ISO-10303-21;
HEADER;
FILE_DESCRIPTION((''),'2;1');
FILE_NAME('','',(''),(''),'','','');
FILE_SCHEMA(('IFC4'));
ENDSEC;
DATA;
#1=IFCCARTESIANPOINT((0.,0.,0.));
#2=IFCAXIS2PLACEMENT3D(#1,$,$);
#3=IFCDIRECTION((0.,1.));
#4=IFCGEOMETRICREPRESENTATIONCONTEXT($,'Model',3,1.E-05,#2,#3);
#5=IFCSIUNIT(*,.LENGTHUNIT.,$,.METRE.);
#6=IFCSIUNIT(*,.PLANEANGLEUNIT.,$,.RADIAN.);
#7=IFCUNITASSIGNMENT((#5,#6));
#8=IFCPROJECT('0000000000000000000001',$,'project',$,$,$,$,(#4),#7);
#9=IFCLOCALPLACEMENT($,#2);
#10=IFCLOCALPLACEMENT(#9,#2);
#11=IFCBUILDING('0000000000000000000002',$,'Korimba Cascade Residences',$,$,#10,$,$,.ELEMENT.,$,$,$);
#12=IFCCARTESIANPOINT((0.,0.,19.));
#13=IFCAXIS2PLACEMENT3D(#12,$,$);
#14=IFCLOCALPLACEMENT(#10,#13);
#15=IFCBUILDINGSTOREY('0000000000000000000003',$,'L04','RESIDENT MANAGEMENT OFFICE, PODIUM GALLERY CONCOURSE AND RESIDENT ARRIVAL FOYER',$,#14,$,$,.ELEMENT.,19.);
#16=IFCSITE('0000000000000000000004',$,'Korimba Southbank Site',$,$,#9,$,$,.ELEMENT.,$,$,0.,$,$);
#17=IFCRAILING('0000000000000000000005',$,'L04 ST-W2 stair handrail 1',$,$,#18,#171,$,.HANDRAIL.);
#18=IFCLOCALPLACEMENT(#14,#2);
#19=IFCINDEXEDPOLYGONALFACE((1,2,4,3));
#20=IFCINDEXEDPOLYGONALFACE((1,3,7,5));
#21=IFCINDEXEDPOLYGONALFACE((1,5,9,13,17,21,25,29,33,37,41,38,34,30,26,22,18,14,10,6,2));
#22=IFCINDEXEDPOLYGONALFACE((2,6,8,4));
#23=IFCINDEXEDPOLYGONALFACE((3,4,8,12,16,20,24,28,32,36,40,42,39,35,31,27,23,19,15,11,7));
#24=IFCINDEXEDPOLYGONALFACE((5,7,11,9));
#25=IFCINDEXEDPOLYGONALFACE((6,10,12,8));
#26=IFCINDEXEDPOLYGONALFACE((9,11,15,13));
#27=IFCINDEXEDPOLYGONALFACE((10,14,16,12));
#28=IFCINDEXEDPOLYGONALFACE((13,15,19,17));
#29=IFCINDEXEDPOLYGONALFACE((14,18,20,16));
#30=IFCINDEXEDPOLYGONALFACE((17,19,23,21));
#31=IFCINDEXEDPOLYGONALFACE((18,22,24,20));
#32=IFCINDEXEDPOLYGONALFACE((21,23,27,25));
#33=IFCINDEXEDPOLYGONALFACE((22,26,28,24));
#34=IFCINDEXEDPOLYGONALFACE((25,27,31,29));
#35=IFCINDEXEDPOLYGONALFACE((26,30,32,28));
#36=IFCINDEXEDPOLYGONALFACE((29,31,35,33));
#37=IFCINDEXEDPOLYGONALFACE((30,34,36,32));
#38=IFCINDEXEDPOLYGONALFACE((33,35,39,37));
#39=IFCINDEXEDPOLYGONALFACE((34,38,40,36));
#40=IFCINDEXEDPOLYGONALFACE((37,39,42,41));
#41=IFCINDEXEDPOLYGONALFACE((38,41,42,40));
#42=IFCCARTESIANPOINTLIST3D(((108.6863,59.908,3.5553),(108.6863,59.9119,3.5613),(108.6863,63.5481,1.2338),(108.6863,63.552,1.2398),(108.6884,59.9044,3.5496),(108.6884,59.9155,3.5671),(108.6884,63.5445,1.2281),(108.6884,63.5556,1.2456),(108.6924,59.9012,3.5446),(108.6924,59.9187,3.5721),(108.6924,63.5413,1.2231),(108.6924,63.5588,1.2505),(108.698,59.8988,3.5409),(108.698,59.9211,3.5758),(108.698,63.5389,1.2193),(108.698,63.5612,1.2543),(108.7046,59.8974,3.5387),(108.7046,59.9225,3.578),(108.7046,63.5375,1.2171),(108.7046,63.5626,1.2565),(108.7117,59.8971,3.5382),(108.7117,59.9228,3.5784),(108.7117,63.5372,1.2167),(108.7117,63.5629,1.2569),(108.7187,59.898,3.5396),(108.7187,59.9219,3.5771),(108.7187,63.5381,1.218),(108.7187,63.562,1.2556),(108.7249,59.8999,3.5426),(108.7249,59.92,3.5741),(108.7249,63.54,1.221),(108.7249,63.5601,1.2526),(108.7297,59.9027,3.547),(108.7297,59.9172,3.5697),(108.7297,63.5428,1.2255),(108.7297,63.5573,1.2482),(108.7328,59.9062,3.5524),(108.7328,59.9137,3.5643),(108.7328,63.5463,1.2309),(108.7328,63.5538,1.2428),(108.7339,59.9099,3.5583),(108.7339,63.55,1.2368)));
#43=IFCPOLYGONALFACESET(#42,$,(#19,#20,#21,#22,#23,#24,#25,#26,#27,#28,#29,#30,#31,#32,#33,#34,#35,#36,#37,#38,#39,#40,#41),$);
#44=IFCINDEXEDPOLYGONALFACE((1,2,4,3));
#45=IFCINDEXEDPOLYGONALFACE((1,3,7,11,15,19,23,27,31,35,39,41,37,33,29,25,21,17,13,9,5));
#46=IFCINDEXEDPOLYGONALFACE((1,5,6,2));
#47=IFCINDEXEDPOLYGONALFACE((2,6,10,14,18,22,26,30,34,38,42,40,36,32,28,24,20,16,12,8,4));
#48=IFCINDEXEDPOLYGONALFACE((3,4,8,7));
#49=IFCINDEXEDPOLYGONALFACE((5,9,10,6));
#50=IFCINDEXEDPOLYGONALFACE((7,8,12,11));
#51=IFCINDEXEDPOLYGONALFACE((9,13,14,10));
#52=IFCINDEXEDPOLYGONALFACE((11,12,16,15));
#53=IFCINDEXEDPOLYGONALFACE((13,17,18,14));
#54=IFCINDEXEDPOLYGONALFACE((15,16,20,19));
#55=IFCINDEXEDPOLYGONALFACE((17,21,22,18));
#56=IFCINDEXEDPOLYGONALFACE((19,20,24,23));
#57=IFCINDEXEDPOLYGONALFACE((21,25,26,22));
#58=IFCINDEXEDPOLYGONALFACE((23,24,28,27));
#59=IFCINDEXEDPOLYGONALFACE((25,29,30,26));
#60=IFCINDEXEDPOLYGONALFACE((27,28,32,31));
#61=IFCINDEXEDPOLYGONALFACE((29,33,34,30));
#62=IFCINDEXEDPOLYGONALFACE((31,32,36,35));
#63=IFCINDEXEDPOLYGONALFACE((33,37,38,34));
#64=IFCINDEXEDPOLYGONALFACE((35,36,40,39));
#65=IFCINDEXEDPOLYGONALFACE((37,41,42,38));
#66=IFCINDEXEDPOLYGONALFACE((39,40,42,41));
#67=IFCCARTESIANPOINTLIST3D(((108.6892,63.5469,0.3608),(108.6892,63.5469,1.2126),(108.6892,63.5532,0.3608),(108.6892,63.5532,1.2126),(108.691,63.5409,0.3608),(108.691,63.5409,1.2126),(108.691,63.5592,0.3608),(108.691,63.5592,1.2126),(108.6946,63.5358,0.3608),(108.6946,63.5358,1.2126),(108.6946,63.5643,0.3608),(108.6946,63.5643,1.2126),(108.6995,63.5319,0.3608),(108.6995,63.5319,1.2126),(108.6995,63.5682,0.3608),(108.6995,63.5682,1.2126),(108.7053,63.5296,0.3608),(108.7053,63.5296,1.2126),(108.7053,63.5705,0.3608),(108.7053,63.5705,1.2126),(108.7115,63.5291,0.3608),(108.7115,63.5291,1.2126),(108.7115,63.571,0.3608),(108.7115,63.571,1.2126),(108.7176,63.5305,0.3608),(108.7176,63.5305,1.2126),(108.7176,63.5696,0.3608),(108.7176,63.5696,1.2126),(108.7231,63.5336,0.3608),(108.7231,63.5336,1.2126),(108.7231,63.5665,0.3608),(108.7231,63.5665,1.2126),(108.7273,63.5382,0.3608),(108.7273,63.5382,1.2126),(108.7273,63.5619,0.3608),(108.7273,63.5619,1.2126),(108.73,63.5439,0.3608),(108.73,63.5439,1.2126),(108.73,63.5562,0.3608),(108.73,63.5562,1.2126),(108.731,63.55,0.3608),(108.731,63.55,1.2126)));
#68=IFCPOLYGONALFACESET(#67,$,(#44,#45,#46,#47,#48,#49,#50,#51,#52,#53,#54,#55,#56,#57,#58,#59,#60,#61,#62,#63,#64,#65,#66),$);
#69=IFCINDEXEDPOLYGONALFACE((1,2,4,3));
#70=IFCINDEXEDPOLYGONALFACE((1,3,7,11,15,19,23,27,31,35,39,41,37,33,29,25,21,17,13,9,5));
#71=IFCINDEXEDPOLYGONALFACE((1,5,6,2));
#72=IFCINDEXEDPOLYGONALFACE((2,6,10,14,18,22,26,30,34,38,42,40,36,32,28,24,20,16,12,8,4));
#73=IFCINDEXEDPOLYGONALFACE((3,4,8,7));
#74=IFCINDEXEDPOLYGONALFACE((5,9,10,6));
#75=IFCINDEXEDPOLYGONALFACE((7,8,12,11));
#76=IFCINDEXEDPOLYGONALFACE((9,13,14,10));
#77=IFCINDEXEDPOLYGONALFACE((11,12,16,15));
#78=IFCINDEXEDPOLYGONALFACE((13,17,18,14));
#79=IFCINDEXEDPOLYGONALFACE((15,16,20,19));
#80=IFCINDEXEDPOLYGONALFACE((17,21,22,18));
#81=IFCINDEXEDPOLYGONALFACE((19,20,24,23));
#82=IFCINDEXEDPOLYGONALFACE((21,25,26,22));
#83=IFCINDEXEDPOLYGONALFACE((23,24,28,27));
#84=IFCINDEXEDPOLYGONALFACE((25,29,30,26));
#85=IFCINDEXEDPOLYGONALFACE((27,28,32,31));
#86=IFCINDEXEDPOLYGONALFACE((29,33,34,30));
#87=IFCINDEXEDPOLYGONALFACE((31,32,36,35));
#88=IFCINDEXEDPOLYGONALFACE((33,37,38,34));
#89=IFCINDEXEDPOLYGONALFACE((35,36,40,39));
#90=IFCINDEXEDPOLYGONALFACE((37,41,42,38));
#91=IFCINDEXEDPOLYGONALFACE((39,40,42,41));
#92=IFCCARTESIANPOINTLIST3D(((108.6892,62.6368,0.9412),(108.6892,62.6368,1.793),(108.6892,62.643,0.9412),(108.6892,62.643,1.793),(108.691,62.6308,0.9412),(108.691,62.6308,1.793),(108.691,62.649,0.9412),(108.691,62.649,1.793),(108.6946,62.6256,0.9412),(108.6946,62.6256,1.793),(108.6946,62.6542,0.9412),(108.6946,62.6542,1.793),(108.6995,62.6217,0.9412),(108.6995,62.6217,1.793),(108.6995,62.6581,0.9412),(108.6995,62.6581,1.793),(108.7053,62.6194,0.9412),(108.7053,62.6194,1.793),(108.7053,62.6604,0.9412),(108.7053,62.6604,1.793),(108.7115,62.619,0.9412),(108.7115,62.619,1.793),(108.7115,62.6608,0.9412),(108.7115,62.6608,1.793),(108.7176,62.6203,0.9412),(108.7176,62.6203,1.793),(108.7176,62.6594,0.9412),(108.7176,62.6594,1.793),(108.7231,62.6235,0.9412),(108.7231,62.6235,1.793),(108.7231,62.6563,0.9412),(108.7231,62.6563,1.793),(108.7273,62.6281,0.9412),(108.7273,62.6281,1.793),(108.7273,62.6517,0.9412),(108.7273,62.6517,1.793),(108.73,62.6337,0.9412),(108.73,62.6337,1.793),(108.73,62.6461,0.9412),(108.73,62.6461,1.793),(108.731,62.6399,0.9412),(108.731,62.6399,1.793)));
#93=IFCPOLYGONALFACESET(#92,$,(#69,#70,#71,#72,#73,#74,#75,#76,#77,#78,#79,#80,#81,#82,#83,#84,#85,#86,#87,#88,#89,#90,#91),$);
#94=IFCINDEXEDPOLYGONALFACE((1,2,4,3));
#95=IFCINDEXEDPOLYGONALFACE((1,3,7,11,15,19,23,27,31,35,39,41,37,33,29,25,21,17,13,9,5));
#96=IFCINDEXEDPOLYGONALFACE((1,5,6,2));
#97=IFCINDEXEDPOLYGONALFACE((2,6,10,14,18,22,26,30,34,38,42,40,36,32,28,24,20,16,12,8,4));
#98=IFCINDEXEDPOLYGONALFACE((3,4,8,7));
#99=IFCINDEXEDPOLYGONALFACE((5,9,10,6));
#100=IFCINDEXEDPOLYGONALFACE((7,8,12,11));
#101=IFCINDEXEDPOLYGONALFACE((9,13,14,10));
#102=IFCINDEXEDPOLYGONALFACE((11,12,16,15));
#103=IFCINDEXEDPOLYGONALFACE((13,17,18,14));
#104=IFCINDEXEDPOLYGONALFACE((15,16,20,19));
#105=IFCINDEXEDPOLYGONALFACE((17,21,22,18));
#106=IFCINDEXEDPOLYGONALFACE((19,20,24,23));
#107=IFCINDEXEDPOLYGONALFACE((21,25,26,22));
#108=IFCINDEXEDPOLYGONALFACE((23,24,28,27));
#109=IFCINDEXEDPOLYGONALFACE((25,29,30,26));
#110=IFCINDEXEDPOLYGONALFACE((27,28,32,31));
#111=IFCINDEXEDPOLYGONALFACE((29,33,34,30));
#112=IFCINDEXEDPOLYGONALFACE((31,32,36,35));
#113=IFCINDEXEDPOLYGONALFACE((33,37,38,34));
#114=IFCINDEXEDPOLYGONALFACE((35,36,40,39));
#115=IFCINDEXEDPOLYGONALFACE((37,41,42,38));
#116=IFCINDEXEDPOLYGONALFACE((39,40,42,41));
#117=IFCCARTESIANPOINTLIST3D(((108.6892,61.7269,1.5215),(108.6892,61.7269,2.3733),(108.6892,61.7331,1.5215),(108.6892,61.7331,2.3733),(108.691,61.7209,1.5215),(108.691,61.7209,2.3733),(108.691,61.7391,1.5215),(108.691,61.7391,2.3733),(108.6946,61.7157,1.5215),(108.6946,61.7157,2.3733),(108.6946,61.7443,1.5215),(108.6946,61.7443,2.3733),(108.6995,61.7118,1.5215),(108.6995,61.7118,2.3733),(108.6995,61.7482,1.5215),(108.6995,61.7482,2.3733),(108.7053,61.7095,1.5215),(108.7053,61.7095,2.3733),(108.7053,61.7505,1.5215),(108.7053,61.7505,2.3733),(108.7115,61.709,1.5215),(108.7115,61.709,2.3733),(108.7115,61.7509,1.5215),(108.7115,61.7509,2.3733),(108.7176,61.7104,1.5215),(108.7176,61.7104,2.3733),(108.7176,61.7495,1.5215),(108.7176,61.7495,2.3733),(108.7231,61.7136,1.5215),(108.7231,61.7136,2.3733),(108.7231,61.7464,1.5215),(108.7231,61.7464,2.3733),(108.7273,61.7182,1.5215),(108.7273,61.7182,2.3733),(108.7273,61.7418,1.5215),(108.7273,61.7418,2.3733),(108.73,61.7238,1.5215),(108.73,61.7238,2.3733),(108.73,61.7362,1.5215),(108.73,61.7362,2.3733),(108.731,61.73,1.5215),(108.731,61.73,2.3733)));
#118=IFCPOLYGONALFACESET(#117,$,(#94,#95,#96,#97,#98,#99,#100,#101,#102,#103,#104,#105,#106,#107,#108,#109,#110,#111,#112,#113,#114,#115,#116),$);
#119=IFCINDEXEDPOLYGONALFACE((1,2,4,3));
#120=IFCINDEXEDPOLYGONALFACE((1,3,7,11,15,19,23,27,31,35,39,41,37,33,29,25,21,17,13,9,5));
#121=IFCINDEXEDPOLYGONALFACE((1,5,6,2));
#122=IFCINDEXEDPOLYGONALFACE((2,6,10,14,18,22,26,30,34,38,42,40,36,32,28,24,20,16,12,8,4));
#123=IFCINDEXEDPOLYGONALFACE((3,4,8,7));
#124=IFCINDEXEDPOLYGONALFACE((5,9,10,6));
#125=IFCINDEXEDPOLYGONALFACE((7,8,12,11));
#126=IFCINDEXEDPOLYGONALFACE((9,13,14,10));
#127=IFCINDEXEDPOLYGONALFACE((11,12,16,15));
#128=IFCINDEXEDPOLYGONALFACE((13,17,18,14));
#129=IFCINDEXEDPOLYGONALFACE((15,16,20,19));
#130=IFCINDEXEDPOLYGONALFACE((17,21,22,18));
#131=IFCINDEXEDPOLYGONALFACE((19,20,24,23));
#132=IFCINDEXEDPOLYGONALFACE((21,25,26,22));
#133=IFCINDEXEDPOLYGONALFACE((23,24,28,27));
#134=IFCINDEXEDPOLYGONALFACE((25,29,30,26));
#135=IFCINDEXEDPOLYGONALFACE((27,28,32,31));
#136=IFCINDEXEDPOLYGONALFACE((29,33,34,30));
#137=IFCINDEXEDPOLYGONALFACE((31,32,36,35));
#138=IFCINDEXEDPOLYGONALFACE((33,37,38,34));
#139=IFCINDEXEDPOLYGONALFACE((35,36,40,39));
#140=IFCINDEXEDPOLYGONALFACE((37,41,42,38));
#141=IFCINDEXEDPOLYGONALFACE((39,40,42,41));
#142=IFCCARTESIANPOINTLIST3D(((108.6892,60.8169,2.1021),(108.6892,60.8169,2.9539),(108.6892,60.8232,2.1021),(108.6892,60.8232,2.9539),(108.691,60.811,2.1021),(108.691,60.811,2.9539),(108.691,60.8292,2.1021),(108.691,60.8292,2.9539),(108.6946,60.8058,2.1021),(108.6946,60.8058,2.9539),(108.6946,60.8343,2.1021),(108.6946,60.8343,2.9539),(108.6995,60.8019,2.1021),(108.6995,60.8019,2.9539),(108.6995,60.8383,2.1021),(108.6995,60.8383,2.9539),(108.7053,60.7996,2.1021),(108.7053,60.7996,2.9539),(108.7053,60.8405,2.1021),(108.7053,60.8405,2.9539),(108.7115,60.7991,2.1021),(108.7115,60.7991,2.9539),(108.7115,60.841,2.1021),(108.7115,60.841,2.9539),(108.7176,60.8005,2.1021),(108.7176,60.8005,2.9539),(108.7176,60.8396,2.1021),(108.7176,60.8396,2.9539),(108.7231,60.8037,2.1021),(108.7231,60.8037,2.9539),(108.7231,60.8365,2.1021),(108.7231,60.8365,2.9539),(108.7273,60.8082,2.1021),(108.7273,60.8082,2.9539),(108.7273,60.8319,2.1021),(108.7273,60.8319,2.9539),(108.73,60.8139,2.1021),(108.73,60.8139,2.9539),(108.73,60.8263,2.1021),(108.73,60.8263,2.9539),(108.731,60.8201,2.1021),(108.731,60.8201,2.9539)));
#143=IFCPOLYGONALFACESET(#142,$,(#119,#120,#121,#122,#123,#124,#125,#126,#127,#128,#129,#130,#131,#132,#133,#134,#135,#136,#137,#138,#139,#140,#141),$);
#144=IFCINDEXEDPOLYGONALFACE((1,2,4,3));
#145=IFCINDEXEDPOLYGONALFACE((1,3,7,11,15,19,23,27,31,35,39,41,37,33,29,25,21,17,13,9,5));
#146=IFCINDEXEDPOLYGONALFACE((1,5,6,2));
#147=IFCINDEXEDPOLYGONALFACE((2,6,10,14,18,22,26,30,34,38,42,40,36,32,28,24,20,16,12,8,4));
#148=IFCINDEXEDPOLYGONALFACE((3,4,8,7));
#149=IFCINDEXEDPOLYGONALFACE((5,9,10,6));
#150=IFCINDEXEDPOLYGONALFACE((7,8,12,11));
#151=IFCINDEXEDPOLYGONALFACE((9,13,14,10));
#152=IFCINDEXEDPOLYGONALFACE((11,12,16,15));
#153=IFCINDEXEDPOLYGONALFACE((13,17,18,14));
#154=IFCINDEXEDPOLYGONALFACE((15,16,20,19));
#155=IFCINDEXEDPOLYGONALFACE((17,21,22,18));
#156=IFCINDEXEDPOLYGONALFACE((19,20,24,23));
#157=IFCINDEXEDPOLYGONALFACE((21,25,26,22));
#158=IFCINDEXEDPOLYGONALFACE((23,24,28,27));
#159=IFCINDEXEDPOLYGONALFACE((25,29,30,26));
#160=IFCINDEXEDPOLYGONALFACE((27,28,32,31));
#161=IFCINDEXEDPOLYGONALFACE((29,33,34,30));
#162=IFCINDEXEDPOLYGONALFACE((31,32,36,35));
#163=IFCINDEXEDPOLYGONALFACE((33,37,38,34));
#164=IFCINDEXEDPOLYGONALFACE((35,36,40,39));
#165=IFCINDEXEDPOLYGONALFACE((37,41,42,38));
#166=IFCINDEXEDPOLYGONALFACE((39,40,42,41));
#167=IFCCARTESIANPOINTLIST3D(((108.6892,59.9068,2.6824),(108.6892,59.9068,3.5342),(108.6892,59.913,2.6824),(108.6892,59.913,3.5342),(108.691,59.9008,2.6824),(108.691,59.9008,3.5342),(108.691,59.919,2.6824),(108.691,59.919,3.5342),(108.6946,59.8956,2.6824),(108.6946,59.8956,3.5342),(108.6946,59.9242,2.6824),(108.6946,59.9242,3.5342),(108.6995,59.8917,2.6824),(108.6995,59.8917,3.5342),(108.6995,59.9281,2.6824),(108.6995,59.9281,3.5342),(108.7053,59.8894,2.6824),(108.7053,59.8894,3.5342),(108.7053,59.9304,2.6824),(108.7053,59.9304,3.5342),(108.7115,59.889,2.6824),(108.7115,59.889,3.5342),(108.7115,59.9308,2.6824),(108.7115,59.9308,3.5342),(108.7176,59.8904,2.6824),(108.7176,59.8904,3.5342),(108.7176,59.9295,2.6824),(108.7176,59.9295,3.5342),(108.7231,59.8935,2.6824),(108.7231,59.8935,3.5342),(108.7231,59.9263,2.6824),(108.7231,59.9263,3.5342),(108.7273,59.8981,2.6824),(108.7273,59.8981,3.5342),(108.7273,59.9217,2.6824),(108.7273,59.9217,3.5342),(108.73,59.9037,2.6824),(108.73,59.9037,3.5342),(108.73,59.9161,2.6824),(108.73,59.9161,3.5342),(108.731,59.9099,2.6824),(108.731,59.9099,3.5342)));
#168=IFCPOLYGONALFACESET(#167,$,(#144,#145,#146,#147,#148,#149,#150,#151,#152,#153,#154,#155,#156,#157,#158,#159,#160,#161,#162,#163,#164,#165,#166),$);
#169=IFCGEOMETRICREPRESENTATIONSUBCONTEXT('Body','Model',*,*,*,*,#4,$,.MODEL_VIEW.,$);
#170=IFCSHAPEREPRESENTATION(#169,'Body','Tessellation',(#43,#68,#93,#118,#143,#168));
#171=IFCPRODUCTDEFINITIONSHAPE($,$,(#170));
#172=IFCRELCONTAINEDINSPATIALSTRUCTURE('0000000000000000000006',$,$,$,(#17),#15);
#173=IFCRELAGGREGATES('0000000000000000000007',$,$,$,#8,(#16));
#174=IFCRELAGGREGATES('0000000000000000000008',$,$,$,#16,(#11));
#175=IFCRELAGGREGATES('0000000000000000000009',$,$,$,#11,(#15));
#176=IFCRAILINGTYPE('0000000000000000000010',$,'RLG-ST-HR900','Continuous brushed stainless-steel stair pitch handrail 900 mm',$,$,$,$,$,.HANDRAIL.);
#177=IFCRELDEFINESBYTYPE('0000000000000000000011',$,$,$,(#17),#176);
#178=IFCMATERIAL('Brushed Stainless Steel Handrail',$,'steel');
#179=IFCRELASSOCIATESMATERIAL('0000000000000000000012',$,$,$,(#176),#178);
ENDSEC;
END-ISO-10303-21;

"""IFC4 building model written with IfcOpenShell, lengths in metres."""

from ifc_helpers import new_model, si_unit, direction, frame, origin, origin_2d, place, context, subcontext, project, spatial, circle, extrude, material, type_object, element, save


model = new_model("IFC4")

# Units and contexts
model_context = context("Model", 3, precision=1e-05, world=origin(), true_north=direction((0.0, 1.0)))
body_context = subcontext(model_context, "Body", "Model", "MODEL_VIEW")
ifc_project = project(units=[si_unit("LENGTHUNIT", "METRE"), si_unit("PLANEANGLEUNIT", "RADIAN")], contexts=[model_context])

# Site, building, storey
site_placement = place(None, origin())
site = spatial("IfcSite", under=ifc_project, at=site_placement, Name="Korimba Southbank Site", CompositionType="ELEMENT", RefElevation=0.0)
building_placement = place(site_placement, origin())
building = spatial("IfcBuilding", under=site, at=building_placement, Name="Korimba Cascade Residences", CompositionType="ELEMENT")
storey_placement = place(building_placement, frame((0.0, 0.0, 19.0)))
storey = spatial("IfcBuildingStorey", under=building, at=storey_placement, Name="L04", Description="RESIDENT MANAGEMENT OFFICE, PODIUM GALLERY CONCOURSE AND RESIDENT ARRIVAL FOYER", CompositionType="ELEMENT", Elevation=19.0)

# Railing
ifc_material_1 = material(Name="Brushed Stainless Steel Handrail", Category="steel")
railing_type_1 = type_object("IfcRailingType", Name="RLG-ST-HR900", Description="Continuous brushed stainless-steel stair pitch handrail 900 mm", PredefinedType="HANDRAIL", material=ifc_material_1)
railing_1_placement = place(storey_placement, frame((108.71, 63.55, 0.3608)))
element("IfcRailing", 1, at=railing_1_placement, inside=storey, type_object=railing_type_1, Name="L04 ST-W2 stair handrail 1", PredefinedType="HANDRAIL", context=body_context, shape_type="SweptSolid", body=[
    extrude(circle(Radius=0.0239, at=origin_2d()), frame((0.0, 0.0, 0.876), z_axis=(0.0, -0.843128, 0.537713), x_axis=(1.0, 0.0, 0.0)), (0.0, 0.0, 1.0), 4.3174),
    extrude(circle(Radius=0.021, at=origin_2d()), origin(), (0.0, 0.0, 1.0), 0.8518),
    extrude(circle(Radius=0.021, at=origin_2d()), frame((0.0, -0.9102, 0.5803)), (0.0, 0.0, 1.0), 0.8518),
    extrude(circle(Radius=0.021, at=origin_2d()), frame((0.0, -1.8201, 1.1606)), (0.0, 0.0, 1.0), 0.8518),
    extrude(circle(Radius=0.021, at=origin_2d()), frame((0.0, -2.73, 1.7412)), (0.0, 0.0, 1.0), 0.8518),
    extrude(circle(Radius=0.021, at=origin_2d()), frame((0.0, -3.6401, 2.3215)), (0.0, 0.0, 1.0), 0.8518),
])

save(model, "model.ifc")
